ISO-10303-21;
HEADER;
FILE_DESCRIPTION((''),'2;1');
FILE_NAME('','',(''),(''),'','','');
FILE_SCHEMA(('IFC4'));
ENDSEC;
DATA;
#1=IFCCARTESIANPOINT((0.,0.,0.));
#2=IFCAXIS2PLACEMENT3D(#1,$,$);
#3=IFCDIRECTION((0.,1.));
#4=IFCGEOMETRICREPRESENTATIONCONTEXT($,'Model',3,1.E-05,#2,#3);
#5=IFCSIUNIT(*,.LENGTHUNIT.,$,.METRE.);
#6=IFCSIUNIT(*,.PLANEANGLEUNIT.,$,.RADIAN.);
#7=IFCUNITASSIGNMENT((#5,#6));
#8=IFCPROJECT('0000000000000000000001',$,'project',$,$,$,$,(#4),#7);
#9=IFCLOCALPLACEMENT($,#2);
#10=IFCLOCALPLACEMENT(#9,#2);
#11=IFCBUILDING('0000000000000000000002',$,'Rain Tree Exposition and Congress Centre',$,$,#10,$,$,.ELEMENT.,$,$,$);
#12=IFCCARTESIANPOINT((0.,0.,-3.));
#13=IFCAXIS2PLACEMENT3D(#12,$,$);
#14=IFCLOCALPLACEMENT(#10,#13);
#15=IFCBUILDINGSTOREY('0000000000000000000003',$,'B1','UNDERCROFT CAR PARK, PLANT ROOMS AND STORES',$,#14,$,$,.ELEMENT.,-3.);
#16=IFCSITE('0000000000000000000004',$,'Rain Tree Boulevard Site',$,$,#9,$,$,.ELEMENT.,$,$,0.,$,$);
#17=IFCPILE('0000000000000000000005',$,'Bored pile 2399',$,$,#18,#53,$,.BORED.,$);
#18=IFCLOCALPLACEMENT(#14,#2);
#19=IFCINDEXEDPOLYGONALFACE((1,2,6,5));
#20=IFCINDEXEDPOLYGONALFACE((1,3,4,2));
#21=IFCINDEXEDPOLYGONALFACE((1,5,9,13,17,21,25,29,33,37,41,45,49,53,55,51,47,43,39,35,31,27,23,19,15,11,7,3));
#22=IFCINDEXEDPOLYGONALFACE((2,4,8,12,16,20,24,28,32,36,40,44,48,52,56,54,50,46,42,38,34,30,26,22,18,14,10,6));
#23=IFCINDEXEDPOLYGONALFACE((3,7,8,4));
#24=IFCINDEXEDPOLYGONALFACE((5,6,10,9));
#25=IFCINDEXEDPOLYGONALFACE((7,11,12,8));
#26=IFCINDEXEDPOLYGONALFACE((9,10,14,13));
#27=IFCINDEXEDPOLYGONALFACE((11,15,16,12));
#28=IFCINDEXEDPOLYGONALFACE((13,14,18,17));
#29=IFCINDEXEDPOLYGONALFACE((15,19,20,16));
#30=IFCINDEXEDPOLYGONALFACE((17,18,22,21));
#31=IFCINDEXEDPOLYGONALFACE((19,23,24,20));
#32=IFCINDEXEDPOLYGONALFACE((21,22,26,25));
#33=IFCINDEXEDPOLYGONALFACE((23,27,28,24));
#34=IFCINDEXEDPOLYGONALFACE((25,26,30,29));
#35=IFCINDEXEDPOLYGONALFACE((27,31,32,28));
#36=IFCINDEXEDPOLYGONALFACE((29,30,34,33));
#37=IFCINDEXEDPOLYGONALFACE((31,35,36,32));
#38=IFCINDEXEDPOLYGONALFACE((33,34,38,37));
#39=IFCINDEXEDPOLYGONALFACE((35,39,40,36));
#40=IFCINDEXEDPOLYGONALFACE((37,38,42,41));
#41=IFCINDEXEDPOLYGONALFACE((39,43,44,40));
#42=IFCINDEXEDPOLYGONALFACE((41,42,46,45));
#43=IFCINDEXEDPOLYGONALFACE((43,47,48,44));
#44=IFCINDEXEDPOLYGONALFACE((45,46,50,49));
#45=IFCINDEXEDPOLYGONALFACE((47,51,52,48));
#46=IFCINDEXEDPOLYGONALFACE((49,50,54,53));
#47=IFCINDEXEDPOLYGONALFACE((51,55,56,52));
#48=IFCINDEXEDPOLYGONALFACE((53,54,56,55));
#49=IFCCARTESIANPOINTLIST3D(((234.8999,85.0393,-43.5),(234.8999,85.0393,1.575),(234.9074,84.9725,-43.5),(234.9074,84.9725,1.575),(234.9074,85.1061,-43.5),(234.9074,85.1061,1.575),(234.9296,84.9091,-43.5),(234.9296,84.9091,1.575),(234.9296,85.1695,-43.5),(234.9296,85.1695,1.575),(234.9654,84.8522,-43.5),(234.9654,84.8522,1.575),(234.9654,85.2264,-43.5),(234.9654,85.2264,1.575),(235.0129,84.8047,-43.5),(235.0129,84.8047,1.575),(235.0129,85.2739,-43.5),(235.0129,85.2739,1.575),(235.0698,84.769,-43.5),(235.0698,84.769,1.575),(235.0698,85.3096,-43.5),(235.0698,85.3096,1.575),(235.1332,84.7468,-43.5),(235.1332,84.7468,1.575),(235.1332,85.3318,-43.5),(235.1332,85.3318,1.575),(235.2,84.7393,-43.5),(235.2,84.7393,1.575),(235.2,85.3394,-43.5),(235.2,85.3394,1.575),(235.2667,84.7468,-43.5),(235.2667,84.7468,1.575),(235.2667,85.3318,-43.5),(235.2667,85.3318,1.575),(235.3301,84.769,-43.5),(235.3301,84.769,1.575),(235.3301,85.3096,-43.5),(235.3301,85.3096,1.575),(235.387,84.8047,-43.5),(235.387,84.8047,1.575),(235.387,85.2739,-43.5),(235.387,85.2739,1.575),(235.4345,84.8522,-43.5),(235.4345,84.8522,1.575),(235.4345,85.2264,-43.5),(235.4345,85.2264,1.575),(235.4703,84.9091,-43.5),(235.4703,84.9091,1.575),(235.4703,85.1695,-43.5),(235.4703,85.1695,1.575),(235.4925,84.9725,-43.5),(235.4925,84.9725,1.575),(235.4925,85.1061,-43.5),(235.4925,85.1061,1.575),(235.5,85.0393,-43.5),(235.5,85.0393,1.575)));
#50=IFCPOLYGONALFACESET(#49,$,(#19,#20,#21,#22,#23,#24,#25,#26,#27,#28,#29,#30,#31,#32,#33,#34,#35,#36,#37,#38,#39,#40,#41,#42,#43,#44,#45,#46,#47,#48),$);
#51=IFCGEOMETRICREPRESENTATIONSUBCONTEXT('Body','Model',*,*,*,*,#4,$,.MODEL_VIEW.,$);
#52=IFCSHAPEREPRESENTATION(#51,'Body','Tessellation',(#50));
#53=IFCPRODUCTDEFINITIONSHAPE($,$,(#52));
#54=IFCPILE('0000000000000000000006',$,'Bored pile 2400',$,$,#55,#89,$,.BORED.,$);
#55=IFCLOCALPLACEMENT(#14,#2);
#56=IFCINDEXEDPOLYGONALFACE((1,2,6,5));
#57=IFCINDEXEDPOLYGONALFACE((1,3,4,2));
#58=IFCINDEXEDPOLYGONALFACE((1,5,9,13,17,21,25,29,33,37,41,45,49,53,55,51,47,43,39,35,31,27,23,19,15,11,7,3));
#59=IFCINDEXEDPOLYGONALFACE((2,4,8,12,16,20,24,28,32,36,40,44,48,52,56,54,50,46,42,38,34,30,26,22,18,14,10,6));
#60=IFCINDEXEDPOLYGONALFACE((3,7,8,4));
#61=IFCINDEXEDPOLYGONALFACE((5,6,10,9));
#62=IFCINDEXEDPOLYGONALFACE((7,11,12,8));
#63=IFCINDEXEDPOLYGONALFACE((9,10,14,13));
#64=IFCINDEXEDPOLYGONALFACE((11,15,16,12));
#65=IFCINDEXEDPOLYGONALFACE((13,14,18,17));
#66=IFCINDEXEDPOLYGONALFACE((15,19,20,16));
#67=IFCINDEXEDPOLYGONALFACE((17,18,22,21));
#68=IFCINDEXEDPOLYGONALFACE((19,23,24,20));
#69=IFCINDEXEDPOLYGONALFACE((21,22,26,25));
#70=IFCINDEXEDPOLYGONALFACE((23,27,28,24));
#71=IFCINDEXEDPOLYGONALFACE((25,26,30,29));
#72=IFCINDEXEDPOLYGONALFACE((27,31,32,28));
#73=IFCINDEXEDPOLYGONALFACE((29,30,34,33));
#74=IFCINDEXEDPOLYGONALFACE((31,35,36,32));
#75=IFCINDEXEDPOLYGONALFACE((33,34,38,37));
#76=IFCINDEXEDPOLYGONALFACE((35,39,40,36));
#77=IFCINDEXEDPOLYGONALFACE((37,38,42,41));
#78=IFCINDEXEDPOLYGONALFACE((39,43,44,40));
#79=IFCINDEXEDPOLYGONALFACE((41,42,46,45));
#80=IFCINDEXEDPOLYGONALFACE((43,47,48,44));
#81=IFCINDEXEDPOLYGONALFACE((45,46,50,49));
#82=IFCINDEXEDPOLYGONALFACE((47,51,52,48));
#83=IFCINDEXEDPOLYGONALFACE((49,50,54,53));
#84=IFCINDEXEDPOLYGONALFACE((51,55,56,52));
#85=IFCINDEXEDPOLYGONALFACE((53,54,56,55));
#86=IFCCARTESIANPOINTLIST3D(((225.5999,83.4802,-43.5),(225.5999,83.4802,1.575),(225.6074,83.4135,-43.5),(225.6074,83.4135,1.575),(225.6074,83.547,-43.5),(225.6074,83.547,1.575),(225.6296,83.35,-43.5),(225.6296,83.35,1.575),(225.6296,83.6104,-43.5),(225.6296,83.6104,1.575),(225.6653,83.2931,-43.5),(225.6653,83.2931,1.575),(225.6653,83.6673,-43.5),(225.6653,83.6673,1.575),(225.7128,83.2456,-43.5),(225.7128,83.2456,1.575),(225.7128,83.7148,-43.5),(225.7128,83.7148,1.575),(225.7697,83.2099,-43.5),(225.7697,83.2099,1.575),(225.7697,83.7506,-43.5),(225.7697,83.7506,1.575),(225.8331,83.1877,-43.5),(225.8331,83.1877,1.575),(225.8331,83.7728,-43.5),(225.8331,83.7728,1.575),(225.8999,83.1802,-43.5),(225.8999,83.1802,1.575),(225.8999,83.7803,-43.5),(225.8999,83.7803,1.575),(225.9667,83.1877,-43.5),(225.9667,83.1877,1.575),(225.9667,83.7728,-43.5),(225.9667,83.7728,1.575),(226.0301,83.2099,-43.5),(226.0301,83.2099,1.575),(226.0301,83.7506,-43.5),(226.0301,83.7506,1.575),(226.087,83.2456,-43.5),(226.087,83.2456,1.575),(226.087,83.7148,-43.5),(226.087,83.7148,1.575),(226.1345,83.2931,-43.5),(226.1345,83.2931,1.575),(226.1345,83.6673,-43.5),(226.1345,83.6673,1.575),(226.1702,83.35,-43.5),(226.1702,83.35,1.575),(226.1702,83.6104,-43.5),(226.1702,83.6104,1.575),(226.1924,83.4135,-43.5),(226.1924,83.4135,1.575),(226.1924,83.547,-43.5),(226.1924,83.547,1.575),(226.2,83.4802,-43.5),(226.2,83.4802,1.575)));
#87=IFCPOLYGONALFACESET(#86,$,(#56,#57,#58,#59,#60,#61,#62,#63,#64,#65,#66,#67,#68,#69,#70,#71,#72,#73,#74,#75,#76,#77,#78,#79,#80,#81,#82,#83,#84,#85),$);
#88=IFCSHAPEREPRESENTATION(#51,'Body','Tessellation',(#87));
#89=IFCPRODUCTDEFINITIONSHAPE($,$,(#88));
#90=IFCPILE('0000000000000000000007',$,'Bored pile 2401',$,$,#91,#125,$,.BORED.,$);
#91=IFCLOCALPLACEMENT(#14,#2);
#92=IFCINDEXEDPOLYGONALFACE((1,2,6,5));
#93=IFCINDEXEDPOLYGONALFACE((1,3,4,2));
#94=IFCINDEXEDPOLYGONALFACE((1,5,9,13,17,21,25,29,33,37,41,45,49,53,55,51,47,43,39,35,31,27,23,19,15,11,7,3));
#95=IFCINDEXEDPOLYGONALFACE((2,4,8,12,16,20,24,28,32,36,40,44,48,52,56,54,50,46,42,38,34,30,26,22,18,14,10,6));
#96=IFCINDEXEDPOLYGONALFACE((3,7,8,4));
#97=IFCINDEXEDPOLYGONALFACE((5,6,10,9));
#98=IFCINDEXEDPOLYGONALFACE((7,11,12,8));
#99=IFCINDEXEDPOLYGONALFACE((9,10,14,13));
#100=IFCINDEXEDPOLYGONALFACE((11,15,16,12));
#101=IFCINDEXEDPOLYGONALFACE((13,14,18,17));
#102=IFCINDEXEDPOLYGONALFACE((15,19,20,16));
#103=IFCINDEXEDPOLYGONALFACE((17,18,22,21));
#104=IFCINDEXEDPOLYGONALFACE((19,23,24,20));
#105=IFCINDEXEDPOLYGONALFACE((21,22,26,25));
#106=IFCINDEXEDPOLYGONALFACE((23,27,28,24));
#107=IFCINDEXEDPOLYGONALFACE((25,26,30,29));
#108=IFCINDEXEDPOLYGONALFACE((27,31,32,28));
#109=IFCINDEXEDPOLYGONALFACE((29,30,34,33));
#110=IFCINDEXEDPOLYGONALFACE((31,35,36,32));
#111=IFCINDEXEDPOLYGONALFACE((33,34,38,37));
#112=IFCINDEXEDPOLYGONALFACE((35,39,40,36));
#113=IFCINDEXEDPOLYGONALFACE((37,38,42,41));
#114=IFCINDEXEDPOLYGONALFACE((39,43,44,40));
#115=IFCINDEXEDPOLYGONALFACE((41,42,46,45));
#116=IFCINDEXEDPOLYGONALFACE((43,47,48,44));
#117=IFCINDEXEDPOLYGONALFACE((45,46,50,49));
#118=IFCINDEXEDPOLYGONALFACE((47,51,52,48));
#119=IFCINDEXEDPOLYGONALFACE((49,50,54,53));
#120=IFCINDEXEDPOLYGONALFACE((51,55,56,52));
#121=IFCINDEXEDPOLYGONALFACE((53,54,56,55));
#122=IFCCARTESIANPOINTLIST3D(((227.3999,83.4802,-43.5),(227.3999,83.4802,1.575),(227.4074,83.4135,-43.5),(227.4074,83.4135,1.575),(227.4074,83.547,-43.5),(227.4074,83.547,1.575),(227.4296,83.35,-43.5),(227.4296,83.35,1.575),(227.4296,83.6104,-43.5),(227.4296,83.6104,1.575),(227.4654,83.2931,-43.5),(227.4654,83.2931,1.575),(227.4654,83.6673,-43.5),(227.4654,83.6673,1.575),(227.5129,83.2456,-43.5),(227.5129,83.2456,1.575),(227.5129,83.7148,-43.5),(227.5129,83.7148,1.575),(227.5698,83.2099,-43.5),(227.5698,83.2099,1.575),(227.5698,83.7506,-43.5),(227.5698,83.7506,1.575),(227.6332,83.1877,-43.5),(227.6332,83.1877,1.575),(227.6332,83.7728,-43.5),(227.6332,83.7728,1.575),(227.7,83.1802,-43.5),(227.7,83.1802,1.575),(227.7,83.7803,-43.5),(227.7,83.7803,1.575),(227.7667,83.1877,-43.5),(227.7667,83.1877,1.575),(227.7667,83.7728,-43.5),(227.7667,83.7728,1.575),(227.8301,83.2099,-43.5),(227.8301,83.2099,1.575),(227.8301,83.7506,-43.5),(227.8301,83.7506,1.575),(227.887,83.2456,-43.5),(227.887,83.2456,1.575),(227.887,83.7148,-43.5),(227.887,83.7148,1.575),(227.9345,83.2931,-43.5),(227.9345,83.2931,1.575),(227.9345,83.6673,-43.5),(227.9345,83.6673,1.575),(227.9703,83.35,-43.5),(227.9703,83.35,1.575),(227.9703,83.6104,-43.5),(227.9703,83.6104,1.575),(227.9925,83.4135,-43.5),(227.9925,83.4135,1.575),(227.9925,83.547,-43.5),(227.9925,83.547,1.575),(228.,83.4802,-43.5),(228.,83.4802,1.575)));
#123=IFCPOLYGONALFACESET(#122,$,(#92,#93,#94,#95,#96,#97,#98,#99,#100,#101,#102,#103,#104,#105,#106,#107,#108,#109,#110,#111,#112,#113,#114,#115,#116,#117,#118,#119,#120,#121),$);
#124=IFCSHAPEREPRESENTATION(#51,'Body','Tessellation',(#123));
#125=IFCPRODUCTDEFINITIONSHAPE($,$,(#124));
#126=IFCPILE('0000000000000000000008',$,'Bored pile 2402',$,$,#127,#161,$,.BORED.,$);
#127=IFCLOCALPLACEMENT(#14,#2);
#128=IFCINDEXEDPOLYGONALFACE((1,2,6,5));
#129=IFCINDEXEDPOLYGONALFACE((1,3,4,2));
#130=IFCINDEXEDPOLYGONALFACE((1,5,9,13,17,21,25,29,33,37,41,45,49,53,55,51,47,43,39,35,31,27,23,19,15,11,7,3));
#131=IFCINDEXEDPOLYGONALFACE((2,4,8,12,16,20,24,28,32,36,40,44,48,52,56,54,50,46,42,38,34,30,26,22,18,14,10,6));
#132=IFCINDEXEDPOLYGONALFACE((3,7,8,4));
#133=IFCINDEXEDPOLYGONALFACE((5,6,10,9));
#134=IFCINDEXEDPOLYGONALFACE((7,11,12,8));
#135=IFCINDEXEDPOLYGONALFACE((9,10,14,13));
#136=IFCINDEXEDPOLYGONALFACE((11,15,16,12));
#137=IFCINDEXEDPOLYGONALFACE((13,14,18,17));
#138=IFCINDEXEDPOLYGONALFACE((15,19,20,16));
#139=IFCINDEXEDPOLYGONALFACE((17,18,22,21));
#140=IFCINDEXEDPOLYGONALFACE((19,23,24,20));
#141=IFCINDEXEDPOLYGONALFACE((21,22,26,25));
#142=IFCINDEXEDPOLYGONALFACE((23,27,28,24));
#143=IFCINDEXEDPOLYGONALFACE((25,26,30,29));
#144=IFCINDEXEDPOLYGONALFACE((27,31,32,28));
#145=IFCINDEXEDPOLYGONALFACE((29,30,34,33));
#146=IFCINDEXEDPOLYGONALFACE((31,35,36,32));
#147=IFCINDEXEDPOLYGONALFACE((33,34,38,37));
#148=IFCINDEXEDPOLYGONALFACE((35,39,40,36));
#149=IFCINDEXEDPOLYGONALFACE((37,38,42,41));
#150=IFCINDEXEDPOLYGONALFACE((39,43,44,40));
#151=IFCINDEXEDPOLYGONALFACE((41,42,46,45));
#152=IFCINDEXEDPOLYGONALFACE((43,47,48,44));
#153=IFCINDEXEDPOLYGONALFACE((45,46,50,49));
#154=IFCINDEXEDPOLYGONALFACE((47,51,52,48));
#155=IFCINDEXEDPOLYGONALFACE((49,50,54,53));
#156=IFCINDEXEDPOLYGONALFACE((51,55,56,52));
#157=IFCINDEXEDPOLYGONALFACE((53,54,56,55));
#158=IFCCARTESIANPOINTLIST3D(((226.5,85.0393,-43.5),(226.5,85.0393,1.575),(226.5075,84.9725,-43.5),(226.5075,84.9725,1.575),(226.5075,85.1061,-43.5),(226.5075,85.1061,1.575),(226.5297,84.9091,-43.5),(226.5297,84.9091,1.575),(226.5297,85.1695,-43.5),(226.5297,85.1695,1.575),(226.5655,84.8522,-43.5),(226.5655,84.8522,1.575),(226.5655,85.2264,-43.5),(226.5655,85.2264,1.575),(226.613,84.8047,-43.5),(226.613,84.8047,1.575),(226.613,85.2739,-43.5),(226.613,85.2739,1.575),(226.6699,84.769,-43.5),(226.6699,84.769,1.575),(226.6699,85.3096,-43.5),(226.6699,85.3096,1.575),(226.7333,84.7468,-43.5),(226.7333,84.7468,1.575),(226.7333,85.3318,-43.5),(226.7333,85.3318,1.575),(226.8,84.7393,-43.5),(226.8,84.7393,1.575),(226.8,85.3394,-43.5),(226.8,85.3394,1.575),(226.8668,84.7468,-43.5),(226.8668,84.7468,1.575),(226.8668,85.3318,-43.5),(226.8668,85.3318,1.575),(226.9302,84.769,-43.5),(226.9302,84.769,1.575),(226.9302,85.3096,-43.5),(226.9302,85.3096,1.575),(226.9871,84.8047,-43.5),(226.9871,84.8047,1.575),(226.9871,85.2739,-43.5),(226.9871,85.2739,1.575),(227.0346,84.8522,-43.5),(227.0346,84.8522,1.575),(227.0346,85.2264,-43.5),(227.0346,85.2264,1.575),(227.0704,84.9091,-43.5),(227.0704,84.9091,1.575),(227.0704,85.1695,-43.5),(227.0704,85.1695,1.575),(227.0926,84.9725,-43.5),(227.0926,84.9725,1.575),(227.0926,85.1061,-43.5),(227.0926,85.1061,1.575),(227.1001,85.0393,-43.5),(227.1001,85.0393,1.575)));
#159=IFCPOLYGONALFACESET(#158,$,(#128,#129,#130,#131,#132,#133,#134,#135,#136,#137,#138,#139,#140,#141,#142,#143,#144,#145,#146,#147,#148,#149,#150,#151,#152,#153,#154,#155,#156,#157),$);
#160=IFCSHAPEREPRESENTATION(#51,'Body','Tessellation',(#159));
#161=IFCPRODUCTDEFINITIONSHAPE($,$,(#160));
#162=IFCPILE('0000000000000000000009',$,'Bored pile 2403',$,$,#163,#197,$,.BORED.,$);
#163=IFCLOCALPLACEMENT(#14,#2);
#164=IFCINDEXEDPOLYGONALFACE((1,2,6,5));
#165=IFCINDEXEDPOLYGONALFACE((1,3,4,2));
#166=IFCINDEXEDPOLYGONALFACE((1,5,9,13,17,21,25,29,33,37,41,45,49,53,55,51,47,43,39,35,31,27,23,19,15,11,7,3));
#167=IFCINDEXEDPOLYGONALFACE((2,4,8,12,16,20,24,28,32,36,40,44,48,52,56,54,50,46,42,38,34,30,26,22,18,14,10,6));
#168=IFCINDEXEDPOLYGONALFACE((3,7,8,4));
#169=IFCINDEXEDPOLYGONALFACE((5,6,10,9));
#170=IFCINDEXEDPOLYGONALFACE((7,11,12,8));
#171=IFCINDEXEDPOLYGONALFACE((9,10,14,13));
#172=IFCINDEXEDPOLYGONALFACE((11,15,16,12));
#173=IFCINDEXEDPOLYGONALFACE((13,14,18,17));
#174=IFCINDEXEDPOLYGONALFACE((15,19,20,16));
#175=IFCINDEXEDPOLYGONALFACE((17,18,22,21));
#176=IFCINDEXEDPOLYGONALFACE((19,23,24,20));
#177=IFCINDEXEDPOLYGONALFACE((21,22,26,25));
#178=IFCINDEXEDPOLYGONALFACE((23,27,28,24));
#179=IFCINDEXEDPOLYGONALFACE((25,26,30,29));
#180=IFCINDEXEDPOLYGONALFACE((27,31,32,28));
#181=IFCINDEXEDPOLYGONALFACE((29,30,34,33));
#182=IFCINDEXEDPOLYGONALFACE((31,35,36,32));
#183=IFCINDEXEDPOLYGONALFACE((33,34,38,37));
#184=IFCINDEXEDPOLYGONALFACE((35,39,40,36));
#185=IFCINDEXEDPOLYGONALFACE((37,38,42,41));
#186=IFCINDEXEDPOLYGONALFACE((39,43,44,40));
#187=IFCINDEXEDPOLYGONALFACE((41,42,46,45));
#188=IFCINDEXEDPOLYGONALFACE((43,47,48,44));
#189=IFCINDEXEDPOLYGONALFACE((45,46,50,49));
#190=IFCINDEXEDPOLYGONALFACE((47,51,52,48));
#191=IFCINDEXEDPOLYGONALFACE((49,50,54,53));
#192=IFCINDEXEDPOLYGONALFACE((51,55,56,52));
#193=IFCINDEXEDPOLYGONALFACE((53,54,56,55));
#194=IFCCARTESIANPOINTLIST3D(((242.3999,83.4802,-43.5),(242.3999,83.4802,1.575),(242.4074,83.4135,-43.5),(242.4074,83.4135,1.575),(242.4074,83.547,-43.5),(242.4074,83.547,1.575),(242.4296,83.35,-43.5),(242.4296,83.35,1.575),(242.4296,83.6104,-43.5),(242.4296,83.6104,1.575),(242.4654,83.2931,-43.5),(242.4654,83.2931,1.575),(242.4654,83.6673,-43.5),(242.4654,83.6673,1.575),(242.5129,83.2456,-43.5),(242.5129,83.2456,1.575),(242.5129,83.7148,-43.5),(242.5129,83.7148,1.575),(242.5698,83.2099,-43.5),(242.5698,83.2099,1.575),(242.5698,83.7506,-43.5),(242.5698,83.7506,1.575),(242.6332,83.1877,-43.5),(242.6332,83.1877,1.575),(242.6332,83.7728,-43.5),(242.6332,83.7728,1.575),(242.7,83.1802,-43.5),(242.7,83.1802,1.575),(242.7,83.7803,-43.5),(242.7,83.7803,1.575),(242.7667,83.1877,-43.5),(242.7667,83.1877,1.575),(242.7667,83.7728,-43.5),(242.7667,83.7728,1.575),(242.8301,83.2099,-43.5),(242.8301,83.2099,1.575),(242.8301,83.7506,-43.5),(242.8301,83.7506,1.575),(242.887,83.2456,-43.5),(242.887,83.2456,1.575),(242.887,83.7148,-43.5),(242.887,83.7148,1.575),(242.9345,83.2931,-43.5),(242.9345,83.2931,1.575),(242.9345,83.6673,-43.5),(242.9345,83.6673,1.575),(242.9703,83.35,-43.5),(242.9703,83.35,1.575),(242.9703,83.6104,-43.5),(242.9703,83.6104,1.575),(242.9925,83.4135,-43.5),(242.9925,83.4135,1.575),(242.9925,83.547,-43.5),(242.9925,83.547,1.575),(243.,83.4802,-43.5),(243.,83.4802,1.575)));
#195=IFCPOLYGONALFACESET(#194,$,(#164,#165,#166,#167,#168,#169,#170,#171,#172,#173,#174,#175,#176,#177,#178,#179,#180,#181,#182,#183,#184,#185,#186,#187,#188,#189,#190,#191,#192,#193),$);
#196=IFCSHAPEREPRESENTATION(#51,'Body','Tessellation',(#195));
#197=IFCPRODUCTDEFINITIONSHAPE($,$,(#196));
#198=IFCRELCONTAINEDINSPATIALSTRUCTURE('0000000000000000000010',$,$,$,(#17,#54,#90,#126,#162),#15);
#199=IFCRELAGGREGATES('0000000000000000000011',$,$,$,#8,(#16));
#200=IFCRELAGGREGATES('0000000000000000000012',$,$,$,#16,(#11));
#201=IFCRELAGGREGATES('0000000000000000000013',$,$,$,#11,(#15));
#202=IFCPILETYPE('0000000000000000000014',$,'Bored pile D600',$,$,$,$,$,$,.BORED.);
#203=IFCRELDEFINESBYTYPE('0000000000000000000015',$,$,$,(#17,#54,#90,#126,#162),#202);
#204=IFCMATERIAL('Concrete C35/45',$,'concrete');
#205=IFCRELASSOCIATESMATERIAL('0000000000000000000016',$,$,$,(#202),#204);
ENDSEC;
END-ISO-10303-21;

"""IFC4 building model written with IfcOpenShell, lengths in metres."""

from ifc_helpers import new_model, si_unit, direction, frame, origin, origin_2d, place, context, subcontext, project, spatial, circle, extrude, material, material_profile, profile_set, type_object, element, save


model = new_model("IFC4")

# Units and contexts
model_context = context("Model", 3, precision=1e-05, world=origin(), true_north=direction((0.0, 1.0)))
body_context = subcontext(model_context, "Body", "Model", "MODEL_VIEW")
ifc_project = project(units=[si_unit("LENGTHUNIT", "METRE"), si_unit("PLANEANGLEUNIT", "RADIAN")], contexts=[model_context])

# Site, building, storey
site_placement = place(None, origin())
site = spatial("IfcSite", under=ifc_project, at=site_placement, Name="Rain Tree Boulevard Site", CompositionType="ELEMENT", RefElevation=0.0)
building_placement = place(site_placement, origin())
building = spatial("IfcBuilding", under=site, at=building_placement, Name="Rain Tree Exposition and Congress Centre", CompositionType="ELEMENT")
storey_placement = place(building_placement, frame((0.0, 0.0, -3.0)))
storey = spatial("IfcBuildingStorey", under=building, at=storey_placement, Name="B1", Description="UNDERCROFT CAR PARK, PLANT ROOMS AND STORES", CompositionType="ELEMENT", Elevation=-3.0)

# Piles
ifc_material_1 = material(Name="Concrete C35/45", Category="concrete")
ifc_material_profile_1 = material_profile(ifc_material_1, circle(Radius=0.3, at=origin_2d()), Name="D600")
ifc_profile_set_1 = profile_set([ifc_material_profile_1], Name="Concrete C35/45")
pile_type_1 = type_object("IfcPileType", Name="Bored pile D600", PredefinedType="BORED", material=ifc_profile_set_1)
for number, where, z_axis, x_axis, name in (
    (1, (235.2, 85.0393, 1.575), (0.0, 0.0, -1.0), (1.0, 0.0, 0.0), "Bored pile 2399"),
    (2, (225.8999, 83.4802, 1.575), (0.0, 0.0, -1.0), (1.0, 0.0, 0.0), "Bored pile 2400"),
    (3, (227.7, 83.4802, 1.575), (0.0, 0.0, -1.0), (1.0, 0.0, 0.0), "Bored pile 2401"),
    (4, (226.8, 85.0393, 1.575), (0.0, 0.0, -1.0), (1.0, 0.0, 0.0), "Bored pile 2402"),
    (5, (242.7, 83.4802, 1.575), (0.0, 0.0, -1.0), (1.0, 0.0, 0.0), "Bored pile 2403"),
):
    element("IfcPile", number, at=place(storey_placement, frame(where, z_axis=z_axis, x_axis=x_axis)), inside=storey, type_object=pile_type_1, Name=name, PredefinedType="BORED", context=body_context, shape_type="SweptSolid", body=[
        extrude(circle(Radius=0.3, at=origin_2d()), origin(), (0.0, 0.0, 1.0), 45.075),
    ])

save(model, "model.ifc")
